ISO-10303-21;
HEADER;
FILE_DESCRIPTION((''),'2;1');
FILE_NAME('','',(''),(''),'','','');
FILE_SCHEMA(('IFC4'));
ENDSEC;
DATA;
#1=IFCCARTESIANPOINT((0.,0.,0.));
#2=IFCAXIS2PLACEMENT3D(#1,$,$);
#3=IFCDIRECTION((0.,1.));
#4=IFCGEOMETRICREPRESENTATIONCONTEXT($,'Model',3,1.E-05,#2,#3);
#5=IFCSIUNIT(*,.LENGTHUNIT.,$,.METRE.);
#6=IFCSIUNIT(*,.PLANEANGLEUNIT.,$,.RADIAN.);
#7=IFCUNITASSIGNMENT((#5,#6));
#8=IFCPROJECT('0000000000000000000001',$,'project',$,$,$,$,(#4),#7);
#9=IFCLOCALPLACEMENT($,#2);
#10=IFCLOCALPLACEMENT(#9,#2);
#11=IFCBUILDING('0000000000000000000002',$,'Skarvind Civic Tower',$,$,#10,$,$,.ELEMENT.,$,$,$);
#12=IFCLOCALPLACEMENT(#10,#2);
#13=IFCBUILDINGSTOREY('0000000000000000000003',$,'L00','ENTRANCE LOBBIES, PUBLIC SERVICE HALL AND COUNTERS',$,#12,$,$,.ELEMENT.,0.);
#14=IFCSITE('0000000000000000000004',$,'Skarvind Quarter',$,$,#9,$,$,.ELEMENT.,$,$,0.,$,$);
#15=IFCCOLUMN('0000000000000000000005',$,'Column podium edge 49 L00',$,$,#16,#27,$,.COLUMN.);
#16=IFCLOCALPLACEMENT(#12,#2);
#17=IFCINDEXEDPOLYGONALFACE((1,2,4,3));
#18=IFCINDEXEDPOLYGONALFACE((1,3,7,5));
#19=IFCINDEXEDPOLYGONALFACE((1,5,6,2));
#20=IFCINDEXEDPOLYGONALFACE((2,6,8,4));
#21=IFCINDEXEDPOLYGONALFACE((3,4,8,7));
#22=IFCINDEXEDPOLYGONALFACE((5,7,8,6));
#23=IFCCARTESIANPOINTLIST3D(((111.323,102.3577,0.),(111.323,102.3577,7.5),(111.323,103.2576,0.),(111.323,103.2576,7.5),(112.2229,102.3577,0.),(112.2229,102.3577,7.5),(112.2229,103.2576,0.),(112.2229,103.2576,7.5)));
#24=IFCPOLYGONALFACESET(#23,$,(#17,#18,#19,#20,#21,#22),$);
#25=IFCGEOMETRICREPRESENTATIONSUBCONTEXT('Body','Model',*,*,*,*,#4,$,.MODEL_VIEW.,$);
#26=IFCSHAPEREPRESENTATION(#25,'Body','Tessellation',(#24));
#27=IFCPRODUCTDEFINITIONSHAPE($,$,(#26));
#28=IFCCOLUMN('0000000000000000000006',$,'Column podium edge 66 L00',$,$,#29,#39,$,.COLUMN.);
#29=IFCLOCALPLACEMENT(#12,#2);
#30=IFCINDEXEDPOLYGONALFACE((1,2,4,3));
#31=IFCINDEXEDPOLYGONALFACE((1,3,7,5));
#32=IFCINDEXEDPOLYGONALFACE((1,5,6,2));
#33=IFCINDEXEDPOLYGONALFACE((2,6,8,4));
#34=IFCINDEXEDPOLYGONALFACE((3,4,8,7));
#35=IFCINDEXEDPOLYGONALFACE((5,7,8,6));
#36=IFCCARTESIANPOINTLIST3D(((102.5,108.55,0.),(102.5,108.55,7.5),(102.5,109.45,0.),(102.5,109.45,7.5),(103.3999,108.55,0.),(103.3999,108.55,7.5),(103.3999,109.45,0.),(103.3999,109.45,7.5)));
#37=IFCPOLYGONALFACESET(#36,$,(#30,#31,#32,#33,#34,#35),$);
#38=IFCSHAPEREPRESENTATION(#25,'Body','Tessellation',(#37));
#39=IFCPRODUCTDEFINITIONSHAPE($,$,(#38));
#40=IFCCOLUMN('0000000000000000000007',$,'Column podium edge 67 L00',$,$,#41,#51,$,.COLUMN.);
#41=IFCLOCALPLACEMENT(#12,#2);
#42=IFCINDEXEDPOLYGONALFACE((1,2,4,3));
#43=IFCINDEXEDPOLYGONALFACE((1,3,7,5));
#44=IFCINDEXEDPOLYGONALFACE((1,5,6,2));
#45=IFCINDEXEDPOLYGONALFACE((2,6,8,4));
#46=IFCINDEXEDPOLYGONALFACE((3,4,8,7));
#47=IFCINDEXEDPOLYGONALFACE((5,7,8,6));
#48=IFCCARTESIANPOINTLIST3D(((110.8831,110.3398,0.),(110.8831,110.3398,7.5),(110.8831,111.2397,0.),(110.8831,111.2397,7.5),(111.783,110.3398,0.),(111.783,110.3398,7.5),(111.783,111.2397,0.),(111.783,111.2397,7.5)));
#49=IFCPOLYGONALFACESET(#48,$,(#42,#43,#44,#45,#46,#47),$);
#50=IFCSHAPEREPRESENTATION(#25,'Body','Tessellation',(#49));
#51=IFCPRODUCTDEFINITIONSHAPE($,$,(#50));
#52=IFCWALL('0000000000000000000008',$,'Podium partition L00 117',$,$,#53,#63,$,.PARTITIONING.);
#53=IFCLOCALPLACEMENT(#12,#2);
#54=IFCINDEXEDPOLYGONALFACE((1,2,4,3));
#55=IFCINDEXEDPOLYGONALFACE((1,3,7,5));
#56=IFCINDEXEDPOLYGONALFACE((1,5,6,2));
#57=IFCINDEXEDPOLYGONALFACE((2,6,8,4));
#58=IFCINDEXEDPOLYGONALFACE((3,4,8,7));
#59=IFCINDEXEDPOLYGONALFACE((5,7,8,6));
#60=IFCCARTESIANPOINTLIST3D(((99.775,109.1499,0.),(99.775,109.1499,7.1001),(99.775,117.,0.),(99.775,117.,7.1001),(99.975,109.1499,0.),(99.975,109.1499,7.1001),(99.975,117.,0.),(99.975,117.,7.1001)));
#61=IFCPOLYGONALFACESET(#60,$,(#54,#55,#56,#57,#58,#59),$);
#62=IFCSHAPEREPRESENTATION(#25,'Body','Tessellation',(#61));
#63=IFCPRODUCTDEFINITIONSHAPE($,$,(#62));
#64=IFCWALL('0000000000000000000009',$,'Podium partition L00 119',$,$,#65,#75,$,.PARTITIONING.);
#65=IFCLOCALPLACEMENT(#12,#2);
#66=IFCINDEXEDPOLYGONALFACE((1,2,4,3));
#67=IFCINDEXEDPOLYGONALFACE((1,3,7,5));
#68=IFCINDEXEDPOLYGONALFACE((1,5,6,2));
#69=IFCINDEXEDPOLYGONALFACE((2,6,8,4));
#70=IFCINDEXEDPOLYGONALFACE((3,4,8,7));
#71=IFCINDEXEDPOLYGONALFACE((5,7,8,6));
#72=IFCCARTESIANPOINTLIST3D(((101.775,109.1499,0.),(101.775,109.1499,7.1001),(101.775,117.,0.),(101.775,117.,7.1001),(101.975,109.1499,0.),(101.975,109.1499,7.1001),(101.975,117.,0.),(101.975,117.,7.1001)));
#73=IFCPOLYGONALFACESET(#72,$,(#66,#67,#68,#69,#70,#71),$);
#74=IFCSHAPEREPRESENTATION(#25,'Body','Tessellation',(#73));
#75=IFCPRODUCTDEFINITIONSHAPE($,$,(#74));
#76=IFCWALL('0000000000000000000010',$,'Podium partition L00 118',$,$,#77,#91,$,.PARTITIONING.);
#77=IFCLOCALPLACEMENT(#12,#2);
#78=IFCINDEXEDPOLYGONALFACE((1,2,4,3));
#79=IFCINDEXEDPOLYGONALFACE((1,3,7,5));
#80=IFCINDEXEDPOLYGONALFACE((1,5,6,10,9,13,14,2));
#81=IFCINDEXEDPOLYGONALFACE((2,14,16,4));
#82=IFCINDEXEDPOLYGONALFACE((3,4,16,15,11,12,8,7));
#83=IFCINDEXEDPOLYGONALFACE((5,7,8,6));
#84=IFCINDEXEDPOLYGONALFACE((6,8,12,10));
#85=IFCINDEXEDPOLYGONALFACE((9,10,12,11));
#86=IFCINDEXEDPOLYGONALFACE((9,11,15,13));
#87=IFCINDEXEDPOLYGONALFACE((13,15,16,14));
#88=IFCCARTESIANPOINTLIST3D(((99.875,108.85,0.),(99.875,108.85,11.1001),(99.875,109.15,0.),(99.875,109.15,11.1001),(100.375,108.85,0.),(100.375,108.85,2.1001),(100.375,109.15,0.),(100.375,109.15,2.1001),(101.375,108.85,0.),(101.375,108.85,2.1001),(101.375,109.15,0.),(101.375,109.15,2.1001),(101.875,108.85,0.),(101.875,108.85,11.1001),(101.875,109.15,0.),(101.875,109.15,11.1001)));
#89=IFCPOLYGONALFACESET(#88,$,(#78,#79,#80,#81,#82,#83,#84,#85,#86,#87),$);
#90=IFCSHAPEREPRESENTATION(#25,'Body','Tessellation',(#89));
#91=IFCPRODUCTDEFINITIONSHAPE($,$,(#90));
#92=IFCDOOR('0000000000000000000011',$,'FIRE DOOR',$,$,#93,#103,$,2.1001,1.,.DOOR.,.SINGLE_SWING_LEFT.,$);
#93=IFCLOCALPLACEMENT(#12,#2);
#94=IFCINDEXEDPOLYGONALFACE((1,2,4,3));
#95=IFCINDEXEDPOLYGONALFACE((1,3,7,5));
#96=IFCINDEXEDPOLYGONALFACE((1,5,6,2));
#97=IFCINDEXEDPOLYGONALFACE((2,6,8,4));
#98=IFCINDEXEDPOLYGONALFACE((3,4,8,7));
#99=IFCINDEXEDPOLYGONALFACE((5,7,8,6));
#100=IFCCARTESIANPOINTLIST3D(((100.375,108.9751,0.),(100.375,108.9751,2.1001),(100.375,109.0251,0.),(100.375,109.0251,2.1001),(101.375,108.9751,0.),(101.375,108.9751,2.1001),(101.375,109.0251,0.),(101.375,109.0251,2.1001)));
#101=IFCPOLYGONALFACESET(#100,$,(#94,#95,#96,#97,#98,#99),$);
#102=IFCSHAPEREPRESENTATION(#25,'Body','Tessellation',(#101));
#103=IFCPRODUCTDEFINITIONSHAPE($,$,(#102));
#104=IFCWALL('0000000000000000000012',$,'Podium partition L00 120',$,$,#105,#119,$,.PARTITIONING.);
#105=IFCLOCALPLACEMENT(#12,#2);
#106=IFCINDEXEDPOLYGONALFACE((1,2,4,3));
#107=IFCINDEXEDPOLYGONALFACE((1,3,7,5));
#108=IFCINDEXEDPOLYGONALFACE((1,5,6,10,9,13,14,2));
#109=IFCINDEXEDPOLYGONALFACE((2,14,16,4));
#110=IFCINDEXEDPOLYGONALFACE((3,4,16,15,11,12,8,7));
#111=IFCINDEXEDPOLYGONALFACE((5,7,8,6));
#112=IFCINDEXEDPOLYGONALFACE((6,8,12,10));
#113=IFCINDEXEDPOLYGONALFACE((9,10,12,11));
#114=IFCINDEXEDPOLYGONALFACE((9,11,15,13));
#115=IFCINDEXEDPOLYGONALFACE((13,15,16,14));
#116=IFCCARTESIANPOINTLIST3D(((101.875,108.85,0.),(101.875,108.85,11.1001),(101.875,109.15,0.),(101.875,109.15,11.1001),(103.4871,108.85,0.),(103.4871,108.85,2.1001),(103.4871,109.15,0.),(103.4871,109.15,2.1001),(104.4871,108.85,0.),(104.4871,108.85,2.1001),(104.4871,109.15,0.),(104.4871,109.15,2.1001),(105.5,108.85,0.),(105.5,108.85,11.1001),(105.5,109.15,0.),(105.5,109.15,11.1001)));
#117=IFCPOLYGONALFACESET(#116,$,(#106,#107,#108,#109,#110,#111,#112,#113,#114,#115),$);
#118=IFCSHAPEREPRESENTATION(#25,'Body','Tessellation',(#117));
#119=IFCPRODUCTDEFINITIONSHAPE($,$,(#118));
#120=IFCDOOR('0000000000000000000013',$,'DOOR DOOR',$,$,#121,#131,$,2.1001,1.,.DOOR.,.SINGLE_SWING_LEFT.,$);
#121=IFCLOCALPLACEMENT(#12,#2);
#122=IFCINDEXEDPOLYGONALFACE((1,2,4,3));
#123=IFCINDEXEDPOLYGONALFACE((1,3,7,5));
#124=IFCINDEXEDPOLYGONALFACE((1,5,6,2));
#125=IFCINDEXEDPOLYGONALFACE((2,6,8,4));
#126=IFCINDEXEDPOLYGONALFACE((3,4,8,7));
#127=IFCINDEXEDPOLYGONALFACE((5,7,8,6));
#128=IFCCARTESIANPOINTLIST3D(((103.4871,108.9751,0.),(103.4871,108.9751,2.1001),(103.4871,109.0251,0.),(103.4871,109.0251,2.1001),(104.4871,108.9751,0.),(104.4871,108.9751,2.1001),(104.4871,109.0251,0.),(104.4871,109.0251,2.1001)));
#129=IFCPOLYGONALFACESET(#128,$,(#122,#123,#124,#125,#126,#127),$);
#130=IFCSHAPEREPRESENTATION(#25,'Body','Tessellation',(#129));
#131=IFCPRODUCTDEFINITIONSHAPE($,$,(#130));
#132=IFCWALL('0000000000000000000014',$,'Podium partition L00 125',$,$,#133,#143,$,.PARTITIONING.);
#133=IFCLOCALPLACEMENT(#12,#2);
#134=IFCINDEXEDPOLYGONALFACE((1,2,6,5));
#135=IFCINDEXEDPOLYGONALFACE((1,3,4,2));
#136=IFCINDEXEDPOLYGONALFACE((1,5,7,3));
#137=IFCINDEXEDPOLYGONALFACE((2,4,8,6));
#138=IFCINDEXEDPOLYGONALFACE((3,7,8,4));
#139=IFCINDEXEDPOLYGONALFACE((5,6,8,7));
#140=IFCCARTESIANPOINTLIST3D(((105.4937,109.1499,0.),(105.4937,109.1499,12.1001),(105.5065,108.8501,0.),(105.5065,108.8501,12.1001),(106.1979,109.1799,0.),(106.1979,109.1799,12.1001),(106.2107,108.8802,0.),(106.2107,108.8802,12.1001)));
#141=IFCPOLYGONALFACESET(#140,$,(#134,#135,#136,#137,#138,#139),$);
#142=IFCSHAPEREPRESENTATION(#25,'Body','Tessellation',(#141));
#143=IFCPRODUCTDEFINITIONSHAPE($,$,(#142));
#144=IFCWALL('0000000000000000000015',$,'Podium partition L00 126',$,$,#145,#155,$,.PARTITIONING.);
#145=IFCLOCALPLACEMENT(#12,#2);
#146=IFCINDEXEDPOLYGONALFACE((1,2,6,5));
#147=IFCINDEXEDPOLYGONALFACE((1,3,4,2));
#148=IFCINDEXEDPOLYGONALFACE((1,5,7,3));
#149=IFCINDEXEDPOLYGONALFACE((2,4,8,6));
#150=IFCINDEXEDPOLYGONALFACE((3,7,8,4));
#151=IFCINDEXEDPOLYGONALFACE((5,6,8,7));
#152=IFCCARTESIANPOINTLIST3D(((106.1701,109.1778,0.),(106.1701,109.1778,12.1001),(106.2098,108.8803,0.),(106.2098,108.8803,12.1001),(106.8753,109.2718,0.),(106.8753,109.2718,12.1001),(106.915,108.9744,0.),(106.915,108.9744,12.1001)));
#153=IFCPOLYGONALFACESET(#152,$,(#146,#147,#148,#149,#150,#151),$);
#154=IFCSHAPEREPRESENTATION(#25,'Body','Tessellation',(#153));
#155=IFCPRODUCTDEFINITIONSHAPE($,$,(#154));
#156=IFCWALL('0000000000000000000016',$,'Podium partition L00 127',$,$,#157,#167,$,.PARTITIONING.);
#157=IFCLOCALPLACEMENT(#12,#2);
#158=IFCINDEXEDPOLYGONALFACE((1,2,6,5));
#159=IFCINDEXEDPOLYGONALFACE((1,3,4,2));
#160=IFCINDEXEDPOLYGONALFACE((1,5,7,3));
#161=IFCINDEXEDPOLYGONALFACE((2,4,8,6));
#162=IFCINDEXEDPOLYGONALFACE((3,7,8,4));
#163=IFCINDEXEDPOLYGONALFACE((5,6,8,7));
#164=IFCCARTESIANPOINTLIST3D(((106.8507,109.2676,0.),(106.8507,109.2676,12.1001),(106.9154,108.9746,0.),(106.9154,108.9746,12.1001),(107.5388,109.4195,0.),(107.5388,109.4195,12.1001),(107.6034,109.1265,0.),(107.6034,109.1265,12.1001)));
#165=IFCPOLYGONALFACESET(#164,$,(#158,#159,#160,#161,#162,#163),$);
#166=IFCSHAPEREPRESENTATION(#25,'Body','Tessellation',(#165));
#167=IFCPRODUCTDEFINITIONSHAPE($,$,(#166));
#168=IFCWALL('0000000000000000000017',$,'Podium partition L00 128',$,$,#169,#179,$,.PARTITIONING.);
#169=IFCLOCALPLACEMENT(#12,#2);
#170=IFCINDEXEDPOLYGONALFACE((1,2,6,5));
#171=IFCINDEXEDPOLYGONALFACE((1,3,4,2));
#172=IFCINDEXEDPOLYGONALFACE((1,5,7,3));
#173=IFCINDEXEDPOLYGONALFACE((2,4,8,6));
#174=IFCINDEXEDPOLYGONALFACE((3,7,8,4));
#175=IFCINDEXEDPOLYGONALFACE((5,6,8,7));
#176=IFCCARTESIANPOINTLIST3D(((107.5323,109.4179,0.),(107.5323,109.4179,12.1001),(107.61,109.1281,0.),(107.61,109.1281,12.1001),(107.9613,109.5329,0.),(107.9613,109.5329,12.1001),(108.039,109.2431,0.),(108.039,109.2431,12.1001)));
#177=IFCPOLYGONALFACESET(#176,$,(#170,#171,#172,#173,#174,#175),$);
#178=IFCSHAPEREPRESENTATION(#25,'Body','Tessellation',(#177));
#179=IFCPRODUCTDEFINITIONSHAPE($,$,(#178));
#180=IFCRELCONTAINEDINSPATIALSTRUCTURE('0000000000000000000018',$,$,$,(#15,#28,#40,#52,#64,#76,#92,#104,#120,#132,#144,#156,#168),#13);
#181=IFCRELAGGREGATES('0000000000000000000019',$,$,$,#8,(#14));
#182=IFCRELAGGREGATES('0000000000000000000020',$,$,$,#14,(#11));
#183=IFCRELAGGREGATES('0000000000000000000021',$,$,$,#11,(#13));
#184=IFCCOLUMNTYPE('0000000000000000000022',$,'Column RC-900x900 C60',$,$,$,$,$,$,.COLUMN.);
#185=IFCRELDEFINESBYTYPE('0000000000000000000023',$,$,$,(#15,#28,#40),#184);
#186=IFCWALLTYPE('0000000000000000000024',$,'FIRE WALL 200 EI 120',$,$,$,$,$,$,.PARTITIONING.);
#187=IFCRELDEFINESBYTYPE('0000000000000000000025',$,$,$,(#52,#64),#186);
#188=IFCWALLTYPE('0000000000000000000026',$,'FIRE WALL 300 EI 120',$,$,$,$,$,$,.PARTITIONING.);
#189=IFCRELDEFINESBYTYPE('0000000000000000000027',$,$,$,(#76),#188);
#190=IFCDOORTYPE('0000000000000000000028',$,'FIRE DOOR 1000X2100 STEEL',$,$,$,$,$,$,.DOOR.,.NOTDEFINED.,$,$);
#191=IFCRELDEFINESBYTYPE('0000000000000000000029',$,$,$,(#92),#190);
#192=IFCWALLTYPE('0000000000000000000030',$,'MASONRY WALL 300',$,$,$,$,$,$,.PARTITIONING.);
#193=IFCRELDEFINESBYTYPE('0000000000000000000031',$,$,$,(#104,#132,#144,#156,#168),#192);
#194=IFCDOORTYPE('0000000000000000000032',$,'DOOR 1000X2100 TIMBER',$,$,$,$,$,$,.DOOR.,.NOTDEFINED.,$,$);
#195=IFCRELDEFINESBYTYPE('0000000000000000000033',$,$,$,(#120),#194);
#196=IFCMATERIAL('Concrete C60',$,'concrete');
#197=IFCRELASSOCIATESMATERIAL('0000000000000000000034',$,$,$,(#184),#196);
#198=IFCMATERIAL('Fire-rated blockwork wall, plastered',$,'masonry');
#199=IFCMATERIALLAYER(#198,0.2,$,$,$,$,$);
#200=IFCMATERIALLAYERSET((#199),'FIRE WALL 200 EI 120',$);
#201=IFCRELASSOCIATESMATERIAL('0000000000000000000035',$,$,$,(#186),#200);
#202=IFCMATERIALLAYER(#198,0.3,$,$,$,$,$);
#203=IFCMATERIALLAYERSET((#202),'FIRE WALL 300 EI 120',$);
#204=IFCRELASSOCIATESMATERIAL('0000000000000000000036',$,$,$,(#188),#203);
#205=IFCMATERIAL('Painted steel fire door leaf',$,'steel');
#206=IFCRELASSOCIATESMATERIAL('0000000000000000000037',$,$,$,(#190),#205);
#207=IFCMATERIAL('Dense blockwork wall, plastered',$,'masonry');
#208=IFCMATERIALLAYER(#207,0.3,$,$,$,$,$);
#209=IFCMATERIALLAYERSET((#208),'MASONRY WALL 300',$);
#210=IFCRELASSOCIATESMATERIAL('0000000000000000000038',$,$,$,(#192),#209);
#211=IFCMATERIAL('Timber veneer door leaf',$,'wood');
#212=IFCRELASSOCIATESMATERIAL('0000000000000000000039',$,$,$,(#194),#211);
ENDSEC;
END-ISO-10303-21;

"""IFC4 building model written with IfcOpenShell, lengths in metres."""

from ifc_helpers import new_model, si_unit, direction, frame, frame_2d, origin, origin_2d, place, context, subcontext, project, spatial, rectangle, extrude, material, layer, layer_set, material_profile, profile_set, type_object, element, fill, save


model = new_model("IFC4")

# Units and contexts
model_context = context("Model", 3, precision=1e-05, world=origin(), true_north=direction((0.0, 1.0)))
body_context = subcontext(model_context, "Body", "Model", "MODEL_VIEW")
ifc_project = project(units=[si_unit("LENGTHUNIT", "METRE"), si_unit("PLANEANGLEUNIT", "RADIAN")], contexts=[model_context])

# Site, building, storey
site_placement = place(None, origin())
site = spatial("IfcSite", under=ifc_project, at=site_placement, Name="Skarvind Quarter", CompositionType="ELEMENT", RefElevation=0.0)
building_placement = place(site_placement, origin())
building = spatial("IfcBuilding", under=site, at=building_placement, Name="Skarvind Civic Tower", CompositionType="ELEMENT")
storey_placement = place(building_placement, origin())
storey = spatial("IfcBuildingStorey", under=building, at=storey_placement, Name="L00", Description="ENTRANCE LOBBIES, PUBLIC SERVICE HALL AND COUNTERS", CompositionType="ELEMENT", Elevation=0.0)

# Columns
ifc_material_1 = material(Name="Concrete C60", Category="concrete")
ifc_material_profile = material_profile(ifc_material_1, rectangle(XDim=0.8999, YDim=0.8999, at=origin_2d()), Name="RC-900x900")
ifc_profile_set = profile_set([ifc_material_profile], Name="Concrete C60")
column_type = type_object("IfcColumnType", Name="Column RC-900x900 C60", PredefinedType="COLUMN", material=ifc_profile_set)
for number, where, z_axis, x_axis, name in (
    (1, (111.7729, 102.8076, 0.0), (0.0, 0.0, 1.0), (1.0, 0.0, 0.0), "Column podium edge 49 L00"),
    (2, (102.95, 109.0, 0.0), (0.0, 0.0, 1.0), (1.0, 0.0, 0.0), "Column podium edge 66 L00"),
    (3, (111.333, 110.7898, 0.0), (0.0, 0.0, 1.0), (1.0, 0.0, 0.0), "Column podium edge 67 L00"),
):
    element("IfcColumn", number, at=place(storey_placement, frame(where, z_axis=z_axis, x_axis=x_axis)), inside=storey, type_object=column_type, Name=name, PredefinedType="COLUMN", context=body_context, shape_type="SweptSolid", body=[
        extrude(rectangle(XDim=0.8999, YDim=0.8999, at=origin_2d()), origin(), (0.0, 0.0, 1.0), 7.5),
    ])

# Walls
ifc_material_2 = material(Name="Fire-rated blockwork wall, plastered", Category="masonry")
ifc_layer_1 = layer(ifc_material_2, 0.2)
ifc_layer_set_1 = layer_set([ifc_layer_1], Name="FIRE WALL 200 EI 120")
wall_type_1 = type_object("IfcWallType", Name="FIRE WALL 200 EI 120", PredefinedType="PARTITIONING", material=ifc_layer_set_1)
for number, where, z_axis, x_axis, name in (
    (4, (99.875, 109.1499, 0.0), (0.0, 0.0, 1.0), (0.0, 1.0, 0.0), "Podium partition L00 117"),
    (5, (101.875, 109.1499, 0.0), (0.0, 0.0, 1.0), (0.0, 1.0, 0.0), "Podium partition L00 119"),
):
    element("IfcWall", number, at=place(storey_placement, frame(where, z_axis=z_axis, x_axis=x_axis)), inside=storey, type_object=wall_type_1, Name=name, PredefinedType="PARTITIONING", context=body_context, shape_type="SweptSolid", body=[
        extrude(rectangle(XDim=7.8501, YDim=0.2, at=frame_2d((3.925, 0.0))), origin(), (0.0, 0.0, 1.0), 7.1001),
    ])

# Walls, openings, doors
ifc_layer_2 = layer(ifc_material_2, 0.3)
ifc_layer_set_2 = layer_set([ifc_layer_2], Name="FIRE WALL 300 EI 120")
wall_type_2 = type_object("IfcWallType", Name="FIRE WALL 300 EI 120", PredefinedType="PARTITIONING", material=ifc_layer_set_2)
wall_1_placement = place(storey_placement, frame((101.875, 109.0, 0.0), z_axis=(0.0, 0.0, 1.0), x_axis=(-1.0, 0.0, 0.0)))
wall_1 = element("IfcWall", 6, at=wall_1_placement, inside=storey, type_object=wall_type_2, Name="Podium partition L00 118", PredefinedType="PARTITIONING", context=body_context, shape_type="SweptSolid", body=[
    extrude(rectangle(XDim=2.0, YDim=0.3, at=frame_2d((1.0, 0.0))), origin(), (0.0, 0.0, 1.0), 11.1001),
])
opening_1_placement = place(wall_1_placement, frame((0.5, 0.0, 0.0)))
opening_1 = element("IfcOpeningElement", 7, at=opening_1_placement, cuts=wall_1, PredefinedType="OPENING", context=body_context, shape_type="SweptSolid", body=[
    extrude(rectangle(XDim=1.0, YDim=2.1001, at=frame_2d((0.5, 1.05))), frame((0.0, 0.1599, 0.0), z_axis=(0.0, -1.0, 0.0), x_axis=(1.0, 0.0, 0.0)), (0.0, 0.0, 1.0), 0.3201),
])
ifc_material_3 = material(Name="Painted steel fire door leaf", Category="steel")
door_type_1 = type_object("IfcDoorType", Name="FIRE DOOR 1000X2100 STEEL", OperationType="NOTDEFINED", PredefinedType="DOOR", material=ifc_material_3)
door_1_placement = place(opening_1_placement, origin())
door_1 = element("IfcDoor", 8, at=door_1_placement, inside=storey, type_object=door_type_1, Name="FIRE DOOR", OperationType="SINGLE_SWING_LEFT", OverallHeight=2.1001, OverallWidth=1.0, PredefinedType="DOOR", context=body_context, shape_type="SweptSolid", body=[
    extrude(rectangle(XDim=1.0, YDim=2.1001, at=frame_2d((0.5, 1.05))), frame((0.0, 0.0249, 0.0), z_axis=(0.0, -1.0, 0.0), x_axis=(1.0, 0.0, 0.0)), (0.0, 0.0, 1.0), 0.05),
])
fill(opening_1, door_1)
ifc_material_4 = material(Name="Dense blockwork wall, plastered", Category="masonry")
ifc_layer_3 = layer(ifc_material_4, 0.3)
ifc_layer_set_3 = layer_set([ifc_layer_3], Name="MASONRY WALL 300")
wall_type_3 = type_object("IfcWallType", Name="MASONRY WALL 300", PredefinedType="PARTITIONING", material=ifc_layer_set_3)
wall_2_placement = place(storey_placement, frame((105.5, 109.0, 0.0), z_axis=(0.0, 0.0, 1.0), x_axis=(-1.0, 0.0, 0.0)))
wall_2 = element("IfcWall", 9, at=wall_2_placement, inside=storey, type_object=wall_type_3, Name="Podium partition L00 120", PredefinedType="PARTITIONING", context=body_context, shape_type="SweptSolid", body=[
    extrude(rectangle(XDim=3.625, YDim=0.3, at=frame_2d((1.8125, 0.0))), origin(), (0.0, 0.0, 1.0), 11.1001),
])
opening_2_placement = place(wall_2_placement, frame((1.0129, 0.0, 0.0)))
opening_2 = element("IfcOpeningElement", 10, at=opening_2_placement, cuts=wall_2, PredefinedType="OPENING", context=body_context, shape_type="SweptSolid", body=[
    extrude(rectangle(XDim=1.0, YDim=2.1001, at=frame_2d((0.5, 1.05))), frame((0.0, 0.1599, 0.0), z_axis=(0.0, -1.0, 0.0), x_axis=(1.0, 0.0, 0.0)), (0.0, 0.0, 1.0), 0.3201),
])
ifc_material_5 = material(Name="Timber veneer door leaf", Category="wood")
door_type_2 = type_object("IfcDoorType", Name="DOOR 1000X2100 TIMBER", OperationType="NOTDEFINED", PredefinedType="DOOR", material=ifc_material_5)
door_2_placement = place(opening_2_placement, origin())
door_2 = element("IfcDoor", 11, at=door_2_placement, inside=storey, type_object=door_type_2, Name="DOOR DOOR", OperationType="SINGLE_SWING_LEFT", OverallHeight=2.1001, OverallWidth=1.0, PredefinedType="DOOR", context=body_context, shape_type="SweptSolid", body=[
    extrude(rectangle(XDim=1.0, YDim=2.1001, at=frame_2d((0.5, 1.05))), frame((0.0, 0.0249, 0.0), z_axis=(0.0, -1.0, 0.0), x_axis=(1.0, 0.0, 0.0)), (0.0, 0.0, 1.0), 0.05),
])
fill(opening_2, door_2)

# Walls
wall_3_placement = place(storey_placement, frame((105.5, 109.0, 0.0), z_axis=(0.0, 0.0, 1.0), x_axis=(0.999092, 0.04261, 0.0)))
element("IfcWall", 12, at=wall_3_placement, inside=storey, type_object=wall_type_3, Name="Podium partition L00 125", PredefinedType="PARTITIONING", context=body_context, shape_type="SweptSolid", body=[
    extrude(rectangle(XDim=0.7048, YDim=0.3, at=frame_2d((0.3525, 0.0))), origin(), (0.0, 0.0, 1.0), 12.1001),
])
wall_4_placement = place(storey_placement, frame((106.1899, 109.0291, 0.0), z_axis=(0.0, 0.0, 1.0), x_axis=(0.991231, 0.132141, 0.0)))
element("IfcWall", 13, at=wall_4_placement, inside=storey, type_object=wall_type_3, Name="Podium partition L00 126", PredefinedType="PARTITIONING", context=body_context, shape_type="SweptSolid", body=[
    extrude(rectangle(XDim=0.7114, YDim=0.3, at=frame_2d((0.3557, 0.0))), origin(), (0.0, 0.0, 1.0), 12.1001),
])
wall_5_placement = place(storey_placement, frame((106.8831, 109.1211, 0.0), z_axis=(0.0, 0.0, 1.0), x_axis=(0.976496, 0.215536, 0.0)))
element("IfcWall", 14, at=wall_5_placement, inside=storey, type_object=wall_type_3, Name="Podium partition L00 127", PredefinedType="PARTITIONING", context=body_context, shape_type="SweptSolid", body=[
    extrude(rectangle(XDim=0.7046, YDim=0.3, at=frame_2d((0.3523, 0.0))), origin(), (0.0, 0.0, 1.0), 12.1001),
])
wall_6_placement = place(storey_placement, frame((107.571, 109.2729, 0.0), z_axis=(0.0, 0.0, 1.0), x_axis=(0.965897, 0.258928, 0.0)))
element("IfcWall", 15, at=wall_6_placement, inside=storey, type_object=wall_type_3, Name="Podium partition L00 128", PredefinedType="PARTITIONING", context=body_context, shape_type="SweptSolid", body=[
    extrude(rectangle(XDim=0.4441, YDim=0.3, at=frame_2d((0.2222, 0.0))), origin(), (0.0, 0.0, 1.0), 12.1001),
])

save(model, "model.ifc")
